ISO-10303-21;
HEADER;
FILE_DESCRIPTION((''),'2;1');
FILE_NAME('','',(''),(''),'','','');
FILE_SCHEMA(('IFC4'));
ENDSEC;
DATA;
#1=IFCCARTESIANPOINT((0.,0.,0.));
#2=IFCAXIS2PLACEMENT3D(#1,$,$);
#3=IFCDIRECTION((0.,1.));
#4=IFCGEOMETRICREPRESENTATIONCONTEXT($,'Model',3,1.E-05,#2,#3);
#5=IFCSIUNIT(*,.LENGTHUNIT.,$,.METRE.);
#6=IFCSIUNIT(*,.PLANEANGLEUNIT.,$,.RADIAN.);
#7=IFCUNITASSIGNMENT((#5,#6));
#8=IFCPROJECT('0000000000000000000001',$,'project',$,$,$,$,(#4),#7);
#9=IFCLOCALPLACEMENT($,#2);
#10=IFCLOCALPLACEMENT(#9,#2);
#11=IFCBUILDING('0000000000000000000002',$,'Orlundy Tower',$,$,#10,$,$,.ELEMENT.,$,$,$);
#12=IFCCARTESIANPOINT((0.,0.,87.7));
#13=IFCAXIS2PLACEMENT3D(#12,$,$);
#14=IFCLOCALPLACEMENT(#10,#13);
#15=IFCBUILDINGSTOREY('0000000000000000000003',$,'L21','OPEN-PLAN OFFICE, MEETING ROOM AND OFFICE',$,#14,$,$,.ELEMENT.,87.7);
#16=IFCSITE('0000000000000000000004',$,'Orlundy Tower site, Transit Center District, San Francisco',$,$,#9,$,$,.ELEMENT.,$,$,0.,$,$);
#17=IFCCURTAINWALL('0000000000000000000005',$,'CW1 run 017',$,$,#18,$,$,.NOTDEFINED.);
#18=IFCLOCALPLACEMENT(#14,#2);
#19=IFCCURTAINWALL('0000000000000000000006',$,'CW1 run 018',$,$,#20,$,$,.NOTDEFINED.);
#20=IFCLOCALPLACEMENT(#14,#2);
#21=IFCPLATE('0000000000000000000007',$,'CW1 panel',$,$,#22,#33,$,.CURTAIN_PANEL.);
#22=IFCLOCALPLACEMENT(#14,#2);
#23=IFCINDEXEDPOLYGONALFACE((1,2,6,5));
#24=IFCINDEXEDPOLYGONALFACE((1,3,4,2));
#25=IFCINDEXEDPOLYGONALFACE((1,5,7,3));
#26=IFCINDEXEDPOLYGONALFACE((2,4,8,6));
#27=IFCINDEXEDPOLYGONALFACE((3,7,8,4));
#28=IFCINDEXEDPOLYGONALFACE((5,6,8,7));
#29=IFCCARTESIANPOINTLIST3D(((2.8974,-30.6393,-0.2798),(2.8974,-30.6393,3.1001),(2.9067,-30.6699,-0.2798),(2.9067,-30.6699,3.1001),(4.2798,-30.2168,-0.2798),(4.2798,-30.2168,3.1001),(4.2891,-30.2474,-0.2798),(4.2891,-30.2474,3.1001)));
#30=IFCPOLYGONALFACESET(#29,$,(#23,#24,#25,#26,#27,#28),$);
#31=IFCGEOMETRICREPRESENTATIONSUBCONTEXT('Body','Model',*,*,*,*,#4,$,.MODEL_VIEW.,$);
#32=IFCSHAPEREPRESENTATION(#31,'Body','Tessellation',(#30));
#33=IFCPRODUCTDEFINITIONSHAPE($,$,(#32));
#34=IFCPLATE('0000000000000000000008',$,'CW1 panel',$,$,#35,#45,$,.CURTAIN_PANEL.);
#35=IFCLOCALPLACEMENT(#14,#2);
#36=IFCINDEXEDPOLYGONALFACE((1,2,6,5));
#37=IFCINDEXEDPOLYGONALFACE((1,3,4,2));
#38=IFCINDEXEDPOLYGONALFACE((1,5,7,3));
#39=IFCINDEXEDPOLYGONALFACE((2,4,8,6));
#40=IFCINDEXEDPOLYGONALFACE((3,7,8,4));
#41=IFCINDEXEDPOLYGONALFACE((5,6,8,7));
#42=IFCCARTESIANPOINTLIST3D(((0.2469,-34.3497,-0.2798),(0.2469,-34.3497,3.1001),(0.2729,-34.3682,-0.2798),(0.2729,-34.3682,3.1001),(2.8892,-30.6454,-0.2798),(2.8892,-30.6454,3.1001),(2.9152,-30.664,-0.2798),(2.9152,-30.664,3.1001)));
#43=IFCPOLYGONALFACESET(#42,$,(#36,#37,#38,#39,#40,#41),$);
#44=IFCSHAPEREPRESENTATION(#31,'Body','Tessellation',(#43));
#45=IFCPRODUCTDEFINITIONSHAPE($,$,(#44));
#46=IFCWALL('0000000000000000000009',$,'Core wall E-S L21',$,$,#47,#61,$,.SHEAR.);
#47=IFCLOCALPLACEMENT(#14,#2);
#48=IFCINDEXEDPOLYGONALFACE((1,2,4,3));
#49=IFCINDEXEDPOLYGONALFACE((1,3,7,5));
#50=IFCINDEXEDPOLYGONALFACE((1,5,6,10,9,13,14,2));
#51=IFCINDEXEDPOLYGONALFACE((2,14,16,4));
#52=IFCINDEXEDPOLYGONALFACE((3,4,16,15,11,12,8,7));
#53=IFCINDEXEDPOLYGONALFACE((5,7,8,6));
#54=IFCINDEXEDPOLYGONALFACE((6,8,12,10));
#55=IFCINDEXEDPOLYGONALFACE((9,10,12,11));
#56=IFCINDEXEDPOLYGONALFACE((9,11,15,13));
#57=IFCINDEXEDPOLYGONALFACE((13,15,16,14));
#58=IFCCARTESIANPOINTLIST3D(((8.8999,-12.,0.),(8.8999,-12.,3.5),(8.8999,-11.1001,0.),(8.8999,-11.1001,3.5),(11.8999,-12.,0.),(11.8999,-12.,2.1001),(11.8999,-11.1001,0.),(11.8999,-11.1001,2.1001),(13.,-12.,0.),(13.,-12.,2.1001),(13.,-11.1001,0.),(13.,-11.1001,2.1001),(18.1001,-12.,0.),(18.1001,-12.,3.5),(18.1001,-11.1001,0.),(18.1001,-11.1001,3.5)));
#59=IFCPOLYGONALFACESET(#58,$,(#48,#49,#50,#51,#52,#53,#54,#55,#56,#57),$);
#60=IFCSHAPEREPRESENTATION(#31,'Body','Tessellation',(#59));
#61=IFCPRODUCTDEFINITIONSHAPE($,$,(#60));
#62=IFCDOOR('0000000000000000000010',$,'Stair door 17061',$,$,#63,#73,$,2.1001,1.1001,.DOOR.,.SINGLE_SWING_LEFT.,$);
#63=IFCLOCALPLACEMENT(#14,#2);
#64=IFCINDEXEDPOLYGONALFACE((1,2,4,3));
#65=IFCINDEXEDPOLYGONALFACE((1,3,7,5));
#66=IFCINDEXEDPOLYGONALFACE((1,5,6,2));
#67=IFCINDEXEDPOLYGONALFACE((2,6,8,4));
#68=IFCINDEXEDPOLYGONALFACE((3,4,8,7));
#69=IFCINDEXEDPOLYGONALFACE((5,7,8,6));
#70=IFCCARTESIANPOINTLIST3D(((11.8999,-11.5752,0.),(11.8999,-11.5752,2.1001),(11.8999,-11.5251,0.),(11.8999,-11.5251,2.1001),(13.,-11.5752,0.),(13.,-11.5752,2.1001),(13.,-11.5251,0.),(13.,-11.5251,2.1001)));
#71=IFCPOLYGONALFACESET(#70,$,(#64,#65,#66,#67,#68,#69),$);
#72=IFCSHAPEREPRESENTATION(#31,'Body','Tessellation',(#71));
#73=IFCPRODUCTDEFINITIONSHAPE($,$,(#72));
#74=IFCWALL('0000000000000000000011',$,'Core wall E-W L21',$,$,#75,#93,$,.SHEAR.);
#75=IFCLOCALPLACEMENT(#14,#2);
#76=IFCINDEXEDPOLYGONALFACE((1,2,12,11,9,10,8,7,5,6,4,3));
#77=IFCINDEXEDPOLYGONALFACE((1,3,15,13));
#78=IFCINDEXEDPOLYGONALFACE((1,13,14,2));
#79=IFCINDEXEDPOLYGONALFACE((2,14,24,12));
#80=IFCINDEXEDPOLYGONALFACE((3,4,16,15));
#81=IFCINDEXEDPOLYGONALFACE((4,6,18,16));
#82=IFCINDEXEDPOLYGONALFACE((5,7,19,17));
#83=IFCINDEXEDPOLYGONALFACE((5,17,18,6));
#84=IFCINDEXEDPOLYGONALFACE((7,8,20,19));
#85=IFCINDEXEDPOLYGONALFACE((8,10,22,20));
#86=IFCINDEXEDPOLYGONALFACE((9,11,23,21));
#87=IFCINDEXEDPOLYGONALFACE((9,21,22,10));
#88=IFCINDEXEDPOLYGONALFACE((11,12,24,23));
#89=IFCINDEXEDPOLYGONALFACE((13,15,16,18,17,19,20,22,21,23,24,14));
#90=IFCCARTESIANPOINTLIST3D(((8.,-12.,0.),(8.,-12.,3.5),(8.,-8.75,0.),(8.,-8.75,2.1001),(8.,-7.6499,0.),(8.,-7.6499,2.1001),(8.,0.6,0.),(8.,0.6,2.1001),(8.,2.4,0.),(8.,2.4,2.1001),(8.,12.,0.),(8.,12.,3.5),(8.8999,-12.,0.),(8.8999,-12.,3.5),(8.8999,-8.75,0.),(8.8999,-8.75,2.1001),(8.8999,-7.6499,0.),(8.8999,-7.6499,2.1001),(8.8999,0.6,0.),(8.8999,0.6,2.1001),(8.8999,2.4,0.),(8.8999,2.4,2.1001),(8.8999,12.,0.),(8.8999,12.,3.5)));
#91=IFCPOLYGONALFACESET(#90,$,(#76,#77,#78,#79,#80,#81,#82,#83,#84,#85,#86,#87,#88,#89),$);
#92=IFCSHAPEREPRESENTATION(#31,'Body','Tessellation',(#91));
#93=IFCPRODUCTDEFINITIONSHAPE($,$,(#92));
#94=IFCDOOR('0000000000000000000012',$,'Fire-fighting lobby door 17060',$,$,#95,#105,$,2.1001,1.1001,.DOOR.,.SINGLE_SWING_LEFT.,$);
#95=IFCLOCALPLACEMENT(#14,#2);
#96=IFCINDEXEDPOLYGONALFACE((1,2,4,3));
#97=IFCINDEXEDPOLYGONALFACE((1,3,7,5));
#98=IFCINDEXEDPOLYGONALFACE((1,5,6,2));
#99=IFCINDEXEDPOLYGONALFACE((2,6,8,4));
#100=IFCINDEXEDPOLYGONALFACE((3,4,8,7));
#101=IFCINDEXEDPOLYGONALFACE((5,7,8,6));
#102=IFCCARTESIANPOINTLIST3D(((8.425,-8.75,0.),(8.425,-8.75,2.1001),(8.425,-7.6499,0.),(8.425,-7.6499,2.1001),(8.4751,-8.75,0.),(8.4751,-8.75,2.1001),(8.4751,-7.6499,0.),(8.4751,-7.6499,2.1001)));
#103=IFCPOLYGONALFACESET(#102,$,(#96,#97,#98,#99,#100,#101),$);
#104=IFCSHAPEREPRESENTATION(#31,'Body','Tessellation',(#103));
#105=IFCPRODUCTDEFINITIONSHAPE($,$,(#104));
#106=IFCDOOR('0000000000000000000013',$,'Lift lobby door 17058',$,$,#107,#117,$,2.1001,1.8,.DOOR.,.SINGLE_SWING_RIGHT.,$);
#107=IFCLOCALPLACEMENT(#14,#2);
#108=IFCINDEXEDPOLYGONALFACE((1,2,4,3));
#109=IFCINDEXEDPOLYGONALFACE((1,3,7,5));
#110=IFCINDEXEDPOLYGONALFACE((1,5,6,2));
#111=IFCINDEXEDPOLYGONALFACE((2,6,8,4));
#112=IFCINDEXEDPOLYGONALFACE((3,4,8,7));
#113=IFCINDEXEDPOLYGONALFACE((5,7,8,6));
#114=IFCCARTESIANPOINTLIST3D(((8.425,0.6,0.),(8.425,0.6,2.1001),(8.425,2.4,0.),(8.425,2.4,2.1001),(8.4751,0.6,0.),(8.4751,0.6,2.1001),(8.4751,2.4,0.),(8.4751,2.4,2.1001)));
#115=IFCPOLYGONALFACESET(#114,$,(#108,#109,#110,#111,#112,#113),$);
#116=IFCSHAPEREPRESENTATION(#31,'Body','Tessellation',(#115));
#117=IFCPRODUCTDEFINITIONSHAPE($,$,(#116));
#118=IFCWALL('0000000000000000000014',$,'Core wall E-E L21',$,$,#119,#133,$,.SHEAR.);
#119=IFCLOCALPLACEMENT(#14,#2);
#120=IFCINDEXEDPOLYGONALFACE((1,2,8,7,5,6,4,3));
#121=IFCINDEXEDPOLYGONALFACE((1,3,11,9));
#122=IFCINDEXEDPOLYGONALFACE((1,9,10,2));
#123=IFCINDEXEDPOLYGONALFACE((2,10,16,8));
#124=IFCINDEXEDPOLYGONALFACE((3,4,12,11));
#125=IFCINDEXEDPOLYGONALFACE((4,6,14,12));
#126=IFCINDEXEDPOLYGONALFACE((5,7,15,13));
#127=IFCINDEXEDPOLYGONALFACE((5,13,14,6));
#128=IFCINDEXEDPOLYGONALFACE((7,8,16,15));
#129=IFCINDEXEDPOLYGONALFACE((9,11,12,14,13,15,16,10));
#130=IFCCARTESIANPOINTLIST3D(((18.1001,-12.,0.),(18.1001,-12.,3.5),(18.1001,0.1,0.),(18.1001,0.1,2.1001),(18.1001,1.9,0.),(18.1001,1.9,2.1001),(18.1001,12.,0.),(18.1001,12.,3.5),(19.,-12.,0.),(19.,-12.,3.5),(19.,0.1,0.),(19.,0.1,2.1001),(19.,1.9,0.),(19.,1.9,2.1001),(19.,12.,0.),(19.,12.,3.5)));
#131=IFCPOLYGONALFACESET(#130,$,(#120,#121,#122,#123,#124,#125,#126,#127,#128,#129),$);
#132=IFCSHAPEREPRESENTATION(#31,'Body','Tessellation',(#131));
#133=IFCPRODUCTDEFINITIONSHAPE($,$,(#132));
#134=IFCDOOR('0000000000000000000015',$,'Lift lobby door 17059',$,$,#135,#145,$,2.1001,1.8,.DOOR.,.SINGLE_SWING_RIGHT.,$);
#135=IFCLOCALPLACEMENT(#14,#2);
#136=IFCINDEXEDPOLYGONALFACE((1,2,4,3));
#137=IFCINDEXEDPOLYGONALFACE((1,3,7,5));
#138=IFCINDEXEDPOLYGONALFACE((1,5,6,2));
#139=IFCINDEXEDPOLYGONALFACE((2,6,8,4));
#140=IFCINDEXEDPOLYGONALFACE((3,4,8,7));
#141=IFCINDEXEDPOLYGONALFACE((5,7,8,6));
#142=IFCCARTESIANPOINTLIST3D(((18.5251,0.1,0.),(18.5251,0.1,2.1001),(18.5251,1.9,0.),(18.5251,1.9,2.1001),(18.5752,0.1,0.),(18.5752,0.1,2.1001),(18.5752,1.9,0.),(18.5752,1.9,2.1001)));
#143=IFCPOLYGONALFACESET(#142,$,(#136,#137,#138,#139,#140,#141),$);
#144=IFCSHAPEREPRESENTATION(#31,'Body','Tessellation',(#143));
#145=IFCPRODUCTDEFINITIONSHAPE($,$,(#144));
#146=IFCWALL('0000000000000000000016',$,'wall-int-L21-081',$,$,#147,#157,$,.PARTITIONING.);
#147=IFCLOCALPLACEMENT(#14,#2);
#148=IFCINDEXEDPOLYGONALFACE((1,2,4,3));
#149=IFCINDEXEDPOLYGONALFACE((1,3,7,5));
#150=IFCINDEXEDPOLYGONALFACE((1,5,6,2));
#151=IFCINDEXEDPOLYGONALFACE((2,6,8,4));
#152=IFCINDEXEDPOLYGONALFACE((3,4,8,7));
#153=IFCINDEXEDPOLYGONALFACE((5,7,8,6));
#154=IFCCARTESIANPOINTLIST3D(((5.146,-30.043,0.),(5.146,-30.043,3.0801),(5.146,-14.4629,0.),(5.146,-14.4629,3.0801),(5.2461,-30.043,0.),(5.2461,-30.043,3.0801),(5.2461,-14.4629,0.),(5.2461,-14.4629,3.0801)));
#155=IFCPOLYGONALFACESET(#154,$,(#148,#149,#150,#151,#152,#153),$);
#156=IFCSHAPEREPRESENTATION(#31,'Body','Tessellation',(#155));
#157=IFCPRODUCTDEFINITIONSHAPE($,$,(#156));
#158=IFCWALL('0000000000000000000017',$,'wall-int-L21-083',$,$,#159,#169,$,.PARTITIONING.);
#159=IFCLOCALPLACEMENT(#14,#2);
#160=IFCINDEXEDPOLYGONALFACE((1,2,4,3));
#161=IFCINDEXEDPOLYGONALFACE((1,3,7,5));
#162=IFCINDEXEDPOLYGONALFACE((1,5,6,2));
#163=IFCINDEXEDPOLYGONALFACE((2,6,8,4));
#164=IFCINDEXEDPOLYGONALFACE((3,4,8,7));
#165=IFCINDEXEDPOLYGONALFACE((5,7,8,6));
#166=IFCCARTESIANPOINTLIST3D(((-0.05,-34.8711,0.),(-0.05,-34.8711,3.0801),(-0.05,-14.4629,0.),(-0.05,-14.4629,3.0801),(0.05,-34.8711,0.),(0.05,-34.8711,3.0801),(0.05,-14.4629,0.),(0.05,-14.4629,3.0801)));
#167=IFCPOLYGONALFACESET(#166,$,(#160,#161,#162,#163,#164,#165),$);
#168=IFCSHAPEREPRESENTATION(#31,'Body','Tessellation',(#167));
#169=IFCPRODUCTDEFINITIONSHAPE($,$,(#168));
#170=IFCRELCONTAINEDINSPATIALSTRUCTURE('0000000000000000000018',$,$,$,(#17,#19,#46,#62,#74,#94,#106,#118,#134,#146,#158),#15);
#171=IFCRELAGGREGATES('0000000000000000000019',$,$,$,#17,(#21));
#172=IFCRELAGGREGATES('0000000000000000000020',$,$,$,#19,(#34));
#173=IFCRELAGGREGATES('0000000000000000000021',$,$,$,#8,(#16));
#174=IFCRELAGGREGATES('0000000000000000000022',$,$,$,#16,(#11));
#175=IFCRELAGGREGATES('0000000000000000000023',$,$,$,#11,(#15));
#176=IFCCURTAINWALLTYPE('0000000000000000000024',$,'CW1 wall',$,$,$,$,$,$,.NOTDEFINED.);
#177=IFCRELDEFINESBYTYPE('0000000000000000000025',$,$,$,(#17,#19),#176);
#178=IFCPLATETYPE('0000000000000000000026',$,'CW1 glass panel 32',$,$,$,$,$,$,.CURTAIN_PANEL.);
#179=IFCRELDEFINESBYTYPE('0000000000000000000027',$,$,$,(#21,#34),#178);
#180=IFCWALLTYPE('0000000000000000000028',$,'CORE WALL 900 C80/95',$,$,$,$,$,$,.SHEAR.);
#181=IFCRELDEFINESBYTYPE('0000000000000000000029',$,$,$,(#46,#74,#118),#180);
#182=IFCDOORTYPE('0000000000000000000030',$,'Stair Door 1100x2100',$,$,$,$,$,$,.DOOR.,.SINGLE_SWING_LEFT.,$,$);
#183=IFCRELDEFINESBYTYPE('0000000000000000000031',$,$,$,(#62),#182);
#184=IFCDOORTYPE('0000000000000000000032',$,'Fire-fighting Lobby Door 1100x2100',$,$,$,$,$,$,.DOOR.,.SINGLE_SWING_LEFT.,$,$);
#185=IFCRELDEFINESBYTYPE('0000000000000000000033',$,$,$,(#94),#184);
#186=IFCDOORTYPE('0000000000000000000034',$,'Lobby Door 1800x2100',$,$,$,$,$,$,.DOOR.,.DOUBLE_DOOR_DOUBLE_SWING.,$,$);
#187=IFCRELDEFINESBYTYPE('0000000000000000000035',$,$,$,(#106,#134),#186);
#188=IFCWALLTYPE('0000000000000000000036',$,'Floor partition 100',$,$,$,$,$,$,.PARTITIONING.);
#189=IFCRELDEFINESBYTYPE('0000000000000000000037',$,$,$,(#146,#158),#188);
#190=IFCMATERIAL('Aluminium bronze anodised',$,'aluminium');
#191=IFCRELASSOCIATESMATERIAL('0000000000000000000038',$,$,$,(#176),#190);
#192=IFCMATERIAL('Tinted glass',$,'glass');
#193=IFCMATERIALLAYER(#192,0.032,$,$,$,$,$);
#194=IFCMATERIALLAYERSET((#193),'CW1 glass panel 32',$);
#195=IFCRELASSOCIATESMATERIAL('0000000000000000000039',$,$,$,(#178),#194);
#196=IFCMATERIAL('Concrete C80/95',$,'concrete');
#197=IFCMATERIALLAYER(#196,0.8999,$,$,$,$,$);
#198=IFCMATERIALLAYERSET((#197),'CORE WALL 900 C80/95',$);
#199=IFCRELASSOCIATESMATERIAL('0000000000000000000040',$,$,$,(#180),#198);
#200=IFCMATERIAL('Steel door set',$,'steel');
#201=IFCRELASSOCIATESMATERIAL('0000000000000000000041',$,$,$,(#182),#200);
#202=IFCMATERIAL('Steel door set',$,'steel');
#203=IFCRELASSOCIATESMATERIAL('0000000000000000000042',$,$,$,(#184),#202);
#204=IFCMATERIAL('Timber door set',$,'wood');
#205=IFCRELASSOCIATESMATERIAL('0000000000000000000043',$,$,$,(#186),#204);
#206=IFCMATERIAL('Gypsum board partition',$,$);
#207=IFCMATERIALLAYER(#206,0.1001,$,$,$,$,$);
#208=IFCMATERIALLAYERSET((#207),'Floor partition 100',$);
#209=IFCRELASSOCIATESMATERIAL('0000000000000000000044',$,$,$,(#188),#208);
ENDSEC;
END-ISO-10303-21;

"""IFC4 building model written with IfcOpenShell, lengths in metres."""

from ifc_helpers import new_model, si_unit, direction, frame, frame_2d, origin, origin_2d, place, context, subcontext, project, spatial, rectangle, extrude, material, layer, layer_set, type_object, element, fill, aggregate, save


model = new_model("IFC4")

# Units and contexts
model_context = context("Model", 3, precision=1e-05, world=origin(), true_north=direction((0.0, 1.0)))
body_context = subcontext(model_context, "Body", "Model", "MODEL_VIEW")
ifc_project = project(units=[si_unit("LENGTHUNIT", "METRE"), si_unit("PLANEANGLEUNIT", "RADIAN")], contexts=[model_context])

# Site, building, storey
site_placement = place(None, origin())
site = spatial("IfcSite", under=ifc_project, at=site_placement, Name="Orlundy Tower site, Transit Center District, San Francisco", CompositionType="ELEMENT", RefElevation=0.0)
building_placement = place(site_placement, origin())
building = spatial("IfcBuilding", under=site, at=building_placement, Name="Orlundy Tower", CompositionType="ELEMENT")
storey_placement = place(building_placement, frame((0.0, 0.0, 87.7)))
storey = spatial("IfcBuildingStorey", under=building, at=storey_placement, Name="L21", Description="OPEN-PLAN OFFICE, MEETING ROOM AND OFFICE", CompositionType="ELEMENT", Elevation=87.7)

# Curtain walls
ifc_material_1 = material(Name="Aluminium bronze anodised", Category="aluminium")
curtain_wall_type = type_object("IfcCurtainWallType", Name="CW1 wall", PredefinedType="NOTDEFINED", material=ifc_material_1)
curtain_wall_1_placement = place(storey_placement, origin())
curtain_wall_1 = element("IfcCurtainWall", 1, at=curtain_wall_1_placement, inside=storey, type_object=curtain_wall_type, Name="CW1 run 017", PredefinedType="NOTDEFINED")
curtain_wall_2_placement = place(storey_placement, origin())
curtain_wall_2 = element("IfcCurtainWall", 2, at=curtain_wall_2_placement, inside=storey, type_object=curtain_wall_type, Name="CW1 run 018", PredefinedType="NOTDEFINED")

# Shared definitions
ifc_material_2 = material(Name="Tinted glass", Category="glass")
ifc_layer_1 = layer(ifc_material_2, 0.032)
ifc_layer_set_1 = layer_set([ifc_layer_1], Name="CW1 glass panel 32")
plate_type = type_object("IfcPlateType", Name="CW1 glass panel 32", PredefinedType="CURTAIN_PANEL", material=ifc_layer_set_1)

# Plates
plate_1_placement = place(storey_placement, frame((3.5933, -30.4434, -0.2798), z_axis=(0.0, 0.0, 1.0), x_axis=(-0.956321, -0.292318, 0.0)))
plate_1 = element("IfcPlate", 3, at=plate_1_placement, type_object=plate_type, Name="CW1 panel", PredefinedType="CURTAIN_PANEL", context=body_context, shape_type="SweptSolid", body=[
    extrude(rectangle(XDim=1.4456, YDim=0.032, at=origin_2d()), origin(), (0.0, 0.0, 1.0), 3.3799),
])
aggregate(curtain_wall_1, [plate_1])
plate_2_placement = place(storey_placement, frame((1.5811, -32.5068, -0.2798), z_axis=(0.0, 0.0, 1.0), x_axis=(-0.58071, -0.81411, 0.0)))
plate_2 = element("IfcPlate", 4, at=plate_2_placement, type_object=plate_type, Name="CW1 panel", PredefinedType="CURTAIN_PANEL", context=body_context, shape_type="SweptSolid", body=[
    extrude(rectangle(XDim=4.55, YDim=0.032, at=origin_2d()), origin(), (0.0, 0.0, 1.0), 3.3799),
])
aggregate(curtain_wall_2, [plate_2])

# Wall, opening, door
ifc_material_3 = material(Name="Concrete C80/95", Category="concrete")
ifc_layer_2 = layer(ifc_material_3, 0.8999)
ifc_layer_set_2 = layer_set([ifc_layer_2], Name="CORE WALL 900 C80/95")
wall_type_1 = type_object("IfcWallType", Name="CORE WALL 900 C80/95", PredefinedType="SHEAR", material=ifc_layer_set_2)
wall_1_placement = place(storey_placement, frame((8.8999, -11.55, 0.0), z_axis=(0.0, 0.0, 1.0), x_axis=(1.0, 0.0, 0.0)))
wall_1 = element("IfcWall", 5, at=wall_1_placement, inside=storey, type_object=wall_type_1, Name="Core wall E-S L21", PredefinedType="SHEAR", context=body_context, shape_type="SweptSolid", body=[
    extrude(rectangle(XDim=9.2002, YDim=0.8999, at=frame_2d((4.6001, 0.0))), origin(), (0.0, 0.0, 1.0), 3.5),
])
opening_1_placement = place(wall_1_placement, frame((3.0, 0.0, 0.0)))
opening_1 = element("IfcOpeningElement", 6, at=opening_1_placement, cuts=wall_1, PredefinedType="OPENING", context=body_context, shape_type="SweptSolid", body=[
    extrude(rectangle(XDim=1.1001, YDim=2.1001, at=frame_2d((0.55, 1.05))), frame((0.0, 0.46, 0.0), z_axis=(0.0, -1.0, 0.0), x_axis=(1.0, 0.0, 0.0)), (0.0, 0.0, 1.0), 0.9199),
])
ifc_material_4 = material(Name="Steel door set", Category="steel")
door_type_1 = type_object("IfcDoorType", Name="Stair Door 1100x2100", OperationType="SINGLE_SWING_LEFT", PredefinedType="DOOR", material=ifc_material_4)
door_1_placement = place(opening_1_placement, origin())
door_1 = element("IfcDoor", 7, at=door_1_placement, inside=storey, type_object=door_type_1, Name="Stair door 17061", OperationType="SINGLE_SWING_LEFT", OverallHeight=2.1001, OverallWidth=1.1001, PredefinedType="DOOR", context=body_context, shape_type="SweptSolid", body=[
    extrude(rectangle(XDim=1.1001, YDim=2.1001, at=frame_2d((0.55, 1.05))), frame((0.0, 0.0249, 0.0), z_axis=(0.0, -1.0, 0.0), x_axis=(1.0, 0.0, 0.0)), (0.0, 0.0, 1.0), 0.05),
])
fill(opening_1, door_1)

# Wall, openings, doors
wall_2_placement = place(storey_placement, frame((8.45, -12.0, 0.0), z_axis=(0.0, 0.0, 1.0), x_axis=(0.0, 1.0, 0.0)))
wall_2 = element("IfcWall", 8, at=wall_2_placement, inside=storey, type_object=wall_type_1, Name="Core wall E-W L21", PredefinedType="SHEAR", context=body_context, shape_type="SweptSolid", body=[
    extrude(rectangle(XDim=24.0, YDim=0.8999, at=frame_2d((12.0, 0.0))), origin(), (0.0, 0.0, 1.0), 3.5),
])
opening_2_placement = place(wall_2_placement, frame((12.6001, 0.0, 0.0)))
opening_2 = element("IfcOpeningElement", 9, at=opening_2_placement, cuts=wall_2, PredefinedType="OPENING", context=body_context, shape_type="SweptSolid", body=[
    extrude(rectangle(XDim=1.8, YDim=2.1001, at=frame_2d((0.8999, 1.05))), frame((0.0, 0.46, 0.0), z_axis=(0.0, -1.0, 0.0), x_axis=(1.0, 0.0, 0.0)), (0.0, 0.0, 1.0), 0.9199),
])
opening_3_placement = place(wall_2_placement, frame((3.25, 0.0, 0.0)))
opening_3 = element("IfcOpeningElement", 10, at=opening_3_placement, cuts=wall_2, PredefinedType="OPENING", context=body_context, shape_type="SweptSolid", body=[
    extrude(rectangle(XDim=1.1001, YDim=2.1001, at=frame_2d((0.55, 1.05))), frame((0.0, 0.46, 0.0), z_axis=(0.0, -1.0, 0.0), x_axis=(1.0, 0.0, 0.0)), (0.0, 0.0, 1.0), 0.9199),
])
ifc_material_5 = material(Name="Steel door set", Category="steel")
door_type_2 = type_object("IfcDoorType", Name="Fire-fighting Lobby Door 1100x2100", OperationType="SINGLE_SWING_LEFT", PredefinedType="DOOR", material=ifc_material_5)
door_2_placement = place(opening_3_placement, origin())
door_2 = element("IfcDoor", 11, at=door_2_placement, inside=storey, type_object=door_type_2, Name="Fire-fighting lobby door 17060", OperationType="SINGLE_SWING_LEFT", OverallHeight=2.1001, OverallWidth=1.1001, PredefinedType="DOOR", context=body_context, shape_type="SweptSolid", body=[
    extrude(rectangle(XDim=1.1001, YDim=2.1001, at=frame_2d((0.55, 1.05))), frame((0.0, 0.0249, 0.0), z_axis=(0.0, -1.0, 0.0), x_axis=(1.0, 0.0, 0.0)), (0.0, 0.0, 1.0), 0.05),
])
fill(opening_3, door_2)
ifc_material_6 = material(Name="Timber door set", Category="wood")
door_type_3 = type_object("IfcDoorType", Name="Lobby Door 1800x2100", OperationType="DOUBLE_DOOR_DOUBLE_SWING", PredefinedType="DOOR", material=ifc_material_6)
door_3_placement = place(opening_2_placement, origin())
door_3 = element("IfcDoor", 12, at=door_3_placement, inside=storey, type_object=door_type_3, Name="Lift lobby door 17058", OperationType="SINGLE_SWING_RIGHT", OverallHeight=2.1001, OverallWidth=1.8, PredefinedType="DOOR", context=body_context, shape_type="SweptSolid", body=[
    extrude(rectangle(XDim=1.8, YDim=2.1001, at=frame_2d((0.8999, 1.05))), frame((0.0, 0.0249, 0.0), z_axis=(0.0, -1.0, 0.0), x_axis=(1.0, 0.0, 0.0)), (0.0, 0.0, 1.0), 0.05),
])
fill(opening_2, door_3)

# Wall, opening, door
wall_3_placement = place(storey_placement, frame((18.55, -12.0, 0.0), z_axis=(0.0, 0.0, 1.0), x_axis=(0.0, 1.0, 0.0)))
wall_3 = element("IfcWall", 13, at=wall_3_placement, inside=storey, type_object=wall_type_1, Name="Core wall E-E L21", PredefinedType="SHEAR", context=body_context, shape_type="SweptSolid", body=[
    extrude(rectangle(XDim=24.0, YDim=0.8999, at=frame_2d((12.0, 0.0))), origin(), (0.0, 0.0, 1.0), 3.5),
])
opening_4_placement = place(wall_3_placement, frame((12.1001, 0.0, 0.0)))
opening_4 = element("IfcOpeningElement", 14, at=opening_4_placement, cuts=wall_3, PredefinedType="OPENING", context=body_context, shape_type="SweptSolid", body=[
    extrude(rectangle(XDim=1.8, YDim=2.1001, at=frame_2d((0.8999, 1.05))), frame((0.0, 0.46, 0.0), z_axis=(0.0, -1.0, 0.0), x_axis=(1.0, 0.0, 0.0)), (0.0, 0.0, 1.0), 0.9199),
])
door_4_placement = place(opening_4_placement, origin())
door_4 = element("IfcDoor", 15, at=door_4_placement, inside=storey, type_object=door_type_3, Name="Lift lobby door 17059", OperationType="SINGLE_SWING_RIGHT", OverallHeight=2.1001, OverallWidth=1.8, PredefinedType="DOOR", context=body_context, shape_type="SweptSolid", body=[
    extrude(rectangle(XDim=1.8, YDim=2.1001, at=frame_2d((0.8999, 1.05))), frame((0.0, 0.0249, 0.0), z_axis=(0.0, -1.0, 0.0), x_axis=(1.0, 0.0, 0.0)), (0.0, 0.0, 1.0), 0.05),
])
fill(opening_4, door_4)

# Walls
ifc_material_7 = material(Name="Gypsum board partition")
ifc_layer_3 = layer(ifc_material_7, 0.1001)
ifc_layer_set_3 = layer_set([ifc_layer_3], Name="Floor partition 100")
wall_type_2 = type_object("IfcWallType", Name="Floor partition 100", PredefinedType="PARTITIONING", material=ifc_layer_set_3)
wall_4_placement = place(storey_placement, frame((5.196, -30.043, 0.0), z_axis=(0.0, 0.0, 1.0), x_axis=(0.0, 1.0, 0.0)))
element("IfcWall", 16, at=wall_4_placement, inside=storey, type_object=wall_type_2, Name="wall-int-L21-081", PredefinedType="PARTITIONING", context=body_context, shape_type="SweptSolid", body=[
    extrude(rectangle(XDim=15.5801, YDim=0.1001, at=frame_2d((7.79, 0.0))), origin(), (0.0, 0.0, 1.0), 3.0801),
])
wall_5_placement = place(storey_placement, frame((0.0, -34.8711, 0.0), z_axis=(0.0, 0.0, 1.0), x_axis=(0.0, 1.0, 0.0)))
element("IfcWall", 17, at=wall_5_placement, inside=storey, type_object=wall_type_2, Name="wall-int-L21-083", PredefinedType="PARTITIONING", context=body_context, shape_type="SweptSolid", body=[
    extrude(rectangle(XDim=20.4082, YDim=0.1001, at=frame_2d((10.2041, 0.0))), origin(), (0.0, 0.0, 1.0), 3.0801),
])

save(model, "model.ifc")
